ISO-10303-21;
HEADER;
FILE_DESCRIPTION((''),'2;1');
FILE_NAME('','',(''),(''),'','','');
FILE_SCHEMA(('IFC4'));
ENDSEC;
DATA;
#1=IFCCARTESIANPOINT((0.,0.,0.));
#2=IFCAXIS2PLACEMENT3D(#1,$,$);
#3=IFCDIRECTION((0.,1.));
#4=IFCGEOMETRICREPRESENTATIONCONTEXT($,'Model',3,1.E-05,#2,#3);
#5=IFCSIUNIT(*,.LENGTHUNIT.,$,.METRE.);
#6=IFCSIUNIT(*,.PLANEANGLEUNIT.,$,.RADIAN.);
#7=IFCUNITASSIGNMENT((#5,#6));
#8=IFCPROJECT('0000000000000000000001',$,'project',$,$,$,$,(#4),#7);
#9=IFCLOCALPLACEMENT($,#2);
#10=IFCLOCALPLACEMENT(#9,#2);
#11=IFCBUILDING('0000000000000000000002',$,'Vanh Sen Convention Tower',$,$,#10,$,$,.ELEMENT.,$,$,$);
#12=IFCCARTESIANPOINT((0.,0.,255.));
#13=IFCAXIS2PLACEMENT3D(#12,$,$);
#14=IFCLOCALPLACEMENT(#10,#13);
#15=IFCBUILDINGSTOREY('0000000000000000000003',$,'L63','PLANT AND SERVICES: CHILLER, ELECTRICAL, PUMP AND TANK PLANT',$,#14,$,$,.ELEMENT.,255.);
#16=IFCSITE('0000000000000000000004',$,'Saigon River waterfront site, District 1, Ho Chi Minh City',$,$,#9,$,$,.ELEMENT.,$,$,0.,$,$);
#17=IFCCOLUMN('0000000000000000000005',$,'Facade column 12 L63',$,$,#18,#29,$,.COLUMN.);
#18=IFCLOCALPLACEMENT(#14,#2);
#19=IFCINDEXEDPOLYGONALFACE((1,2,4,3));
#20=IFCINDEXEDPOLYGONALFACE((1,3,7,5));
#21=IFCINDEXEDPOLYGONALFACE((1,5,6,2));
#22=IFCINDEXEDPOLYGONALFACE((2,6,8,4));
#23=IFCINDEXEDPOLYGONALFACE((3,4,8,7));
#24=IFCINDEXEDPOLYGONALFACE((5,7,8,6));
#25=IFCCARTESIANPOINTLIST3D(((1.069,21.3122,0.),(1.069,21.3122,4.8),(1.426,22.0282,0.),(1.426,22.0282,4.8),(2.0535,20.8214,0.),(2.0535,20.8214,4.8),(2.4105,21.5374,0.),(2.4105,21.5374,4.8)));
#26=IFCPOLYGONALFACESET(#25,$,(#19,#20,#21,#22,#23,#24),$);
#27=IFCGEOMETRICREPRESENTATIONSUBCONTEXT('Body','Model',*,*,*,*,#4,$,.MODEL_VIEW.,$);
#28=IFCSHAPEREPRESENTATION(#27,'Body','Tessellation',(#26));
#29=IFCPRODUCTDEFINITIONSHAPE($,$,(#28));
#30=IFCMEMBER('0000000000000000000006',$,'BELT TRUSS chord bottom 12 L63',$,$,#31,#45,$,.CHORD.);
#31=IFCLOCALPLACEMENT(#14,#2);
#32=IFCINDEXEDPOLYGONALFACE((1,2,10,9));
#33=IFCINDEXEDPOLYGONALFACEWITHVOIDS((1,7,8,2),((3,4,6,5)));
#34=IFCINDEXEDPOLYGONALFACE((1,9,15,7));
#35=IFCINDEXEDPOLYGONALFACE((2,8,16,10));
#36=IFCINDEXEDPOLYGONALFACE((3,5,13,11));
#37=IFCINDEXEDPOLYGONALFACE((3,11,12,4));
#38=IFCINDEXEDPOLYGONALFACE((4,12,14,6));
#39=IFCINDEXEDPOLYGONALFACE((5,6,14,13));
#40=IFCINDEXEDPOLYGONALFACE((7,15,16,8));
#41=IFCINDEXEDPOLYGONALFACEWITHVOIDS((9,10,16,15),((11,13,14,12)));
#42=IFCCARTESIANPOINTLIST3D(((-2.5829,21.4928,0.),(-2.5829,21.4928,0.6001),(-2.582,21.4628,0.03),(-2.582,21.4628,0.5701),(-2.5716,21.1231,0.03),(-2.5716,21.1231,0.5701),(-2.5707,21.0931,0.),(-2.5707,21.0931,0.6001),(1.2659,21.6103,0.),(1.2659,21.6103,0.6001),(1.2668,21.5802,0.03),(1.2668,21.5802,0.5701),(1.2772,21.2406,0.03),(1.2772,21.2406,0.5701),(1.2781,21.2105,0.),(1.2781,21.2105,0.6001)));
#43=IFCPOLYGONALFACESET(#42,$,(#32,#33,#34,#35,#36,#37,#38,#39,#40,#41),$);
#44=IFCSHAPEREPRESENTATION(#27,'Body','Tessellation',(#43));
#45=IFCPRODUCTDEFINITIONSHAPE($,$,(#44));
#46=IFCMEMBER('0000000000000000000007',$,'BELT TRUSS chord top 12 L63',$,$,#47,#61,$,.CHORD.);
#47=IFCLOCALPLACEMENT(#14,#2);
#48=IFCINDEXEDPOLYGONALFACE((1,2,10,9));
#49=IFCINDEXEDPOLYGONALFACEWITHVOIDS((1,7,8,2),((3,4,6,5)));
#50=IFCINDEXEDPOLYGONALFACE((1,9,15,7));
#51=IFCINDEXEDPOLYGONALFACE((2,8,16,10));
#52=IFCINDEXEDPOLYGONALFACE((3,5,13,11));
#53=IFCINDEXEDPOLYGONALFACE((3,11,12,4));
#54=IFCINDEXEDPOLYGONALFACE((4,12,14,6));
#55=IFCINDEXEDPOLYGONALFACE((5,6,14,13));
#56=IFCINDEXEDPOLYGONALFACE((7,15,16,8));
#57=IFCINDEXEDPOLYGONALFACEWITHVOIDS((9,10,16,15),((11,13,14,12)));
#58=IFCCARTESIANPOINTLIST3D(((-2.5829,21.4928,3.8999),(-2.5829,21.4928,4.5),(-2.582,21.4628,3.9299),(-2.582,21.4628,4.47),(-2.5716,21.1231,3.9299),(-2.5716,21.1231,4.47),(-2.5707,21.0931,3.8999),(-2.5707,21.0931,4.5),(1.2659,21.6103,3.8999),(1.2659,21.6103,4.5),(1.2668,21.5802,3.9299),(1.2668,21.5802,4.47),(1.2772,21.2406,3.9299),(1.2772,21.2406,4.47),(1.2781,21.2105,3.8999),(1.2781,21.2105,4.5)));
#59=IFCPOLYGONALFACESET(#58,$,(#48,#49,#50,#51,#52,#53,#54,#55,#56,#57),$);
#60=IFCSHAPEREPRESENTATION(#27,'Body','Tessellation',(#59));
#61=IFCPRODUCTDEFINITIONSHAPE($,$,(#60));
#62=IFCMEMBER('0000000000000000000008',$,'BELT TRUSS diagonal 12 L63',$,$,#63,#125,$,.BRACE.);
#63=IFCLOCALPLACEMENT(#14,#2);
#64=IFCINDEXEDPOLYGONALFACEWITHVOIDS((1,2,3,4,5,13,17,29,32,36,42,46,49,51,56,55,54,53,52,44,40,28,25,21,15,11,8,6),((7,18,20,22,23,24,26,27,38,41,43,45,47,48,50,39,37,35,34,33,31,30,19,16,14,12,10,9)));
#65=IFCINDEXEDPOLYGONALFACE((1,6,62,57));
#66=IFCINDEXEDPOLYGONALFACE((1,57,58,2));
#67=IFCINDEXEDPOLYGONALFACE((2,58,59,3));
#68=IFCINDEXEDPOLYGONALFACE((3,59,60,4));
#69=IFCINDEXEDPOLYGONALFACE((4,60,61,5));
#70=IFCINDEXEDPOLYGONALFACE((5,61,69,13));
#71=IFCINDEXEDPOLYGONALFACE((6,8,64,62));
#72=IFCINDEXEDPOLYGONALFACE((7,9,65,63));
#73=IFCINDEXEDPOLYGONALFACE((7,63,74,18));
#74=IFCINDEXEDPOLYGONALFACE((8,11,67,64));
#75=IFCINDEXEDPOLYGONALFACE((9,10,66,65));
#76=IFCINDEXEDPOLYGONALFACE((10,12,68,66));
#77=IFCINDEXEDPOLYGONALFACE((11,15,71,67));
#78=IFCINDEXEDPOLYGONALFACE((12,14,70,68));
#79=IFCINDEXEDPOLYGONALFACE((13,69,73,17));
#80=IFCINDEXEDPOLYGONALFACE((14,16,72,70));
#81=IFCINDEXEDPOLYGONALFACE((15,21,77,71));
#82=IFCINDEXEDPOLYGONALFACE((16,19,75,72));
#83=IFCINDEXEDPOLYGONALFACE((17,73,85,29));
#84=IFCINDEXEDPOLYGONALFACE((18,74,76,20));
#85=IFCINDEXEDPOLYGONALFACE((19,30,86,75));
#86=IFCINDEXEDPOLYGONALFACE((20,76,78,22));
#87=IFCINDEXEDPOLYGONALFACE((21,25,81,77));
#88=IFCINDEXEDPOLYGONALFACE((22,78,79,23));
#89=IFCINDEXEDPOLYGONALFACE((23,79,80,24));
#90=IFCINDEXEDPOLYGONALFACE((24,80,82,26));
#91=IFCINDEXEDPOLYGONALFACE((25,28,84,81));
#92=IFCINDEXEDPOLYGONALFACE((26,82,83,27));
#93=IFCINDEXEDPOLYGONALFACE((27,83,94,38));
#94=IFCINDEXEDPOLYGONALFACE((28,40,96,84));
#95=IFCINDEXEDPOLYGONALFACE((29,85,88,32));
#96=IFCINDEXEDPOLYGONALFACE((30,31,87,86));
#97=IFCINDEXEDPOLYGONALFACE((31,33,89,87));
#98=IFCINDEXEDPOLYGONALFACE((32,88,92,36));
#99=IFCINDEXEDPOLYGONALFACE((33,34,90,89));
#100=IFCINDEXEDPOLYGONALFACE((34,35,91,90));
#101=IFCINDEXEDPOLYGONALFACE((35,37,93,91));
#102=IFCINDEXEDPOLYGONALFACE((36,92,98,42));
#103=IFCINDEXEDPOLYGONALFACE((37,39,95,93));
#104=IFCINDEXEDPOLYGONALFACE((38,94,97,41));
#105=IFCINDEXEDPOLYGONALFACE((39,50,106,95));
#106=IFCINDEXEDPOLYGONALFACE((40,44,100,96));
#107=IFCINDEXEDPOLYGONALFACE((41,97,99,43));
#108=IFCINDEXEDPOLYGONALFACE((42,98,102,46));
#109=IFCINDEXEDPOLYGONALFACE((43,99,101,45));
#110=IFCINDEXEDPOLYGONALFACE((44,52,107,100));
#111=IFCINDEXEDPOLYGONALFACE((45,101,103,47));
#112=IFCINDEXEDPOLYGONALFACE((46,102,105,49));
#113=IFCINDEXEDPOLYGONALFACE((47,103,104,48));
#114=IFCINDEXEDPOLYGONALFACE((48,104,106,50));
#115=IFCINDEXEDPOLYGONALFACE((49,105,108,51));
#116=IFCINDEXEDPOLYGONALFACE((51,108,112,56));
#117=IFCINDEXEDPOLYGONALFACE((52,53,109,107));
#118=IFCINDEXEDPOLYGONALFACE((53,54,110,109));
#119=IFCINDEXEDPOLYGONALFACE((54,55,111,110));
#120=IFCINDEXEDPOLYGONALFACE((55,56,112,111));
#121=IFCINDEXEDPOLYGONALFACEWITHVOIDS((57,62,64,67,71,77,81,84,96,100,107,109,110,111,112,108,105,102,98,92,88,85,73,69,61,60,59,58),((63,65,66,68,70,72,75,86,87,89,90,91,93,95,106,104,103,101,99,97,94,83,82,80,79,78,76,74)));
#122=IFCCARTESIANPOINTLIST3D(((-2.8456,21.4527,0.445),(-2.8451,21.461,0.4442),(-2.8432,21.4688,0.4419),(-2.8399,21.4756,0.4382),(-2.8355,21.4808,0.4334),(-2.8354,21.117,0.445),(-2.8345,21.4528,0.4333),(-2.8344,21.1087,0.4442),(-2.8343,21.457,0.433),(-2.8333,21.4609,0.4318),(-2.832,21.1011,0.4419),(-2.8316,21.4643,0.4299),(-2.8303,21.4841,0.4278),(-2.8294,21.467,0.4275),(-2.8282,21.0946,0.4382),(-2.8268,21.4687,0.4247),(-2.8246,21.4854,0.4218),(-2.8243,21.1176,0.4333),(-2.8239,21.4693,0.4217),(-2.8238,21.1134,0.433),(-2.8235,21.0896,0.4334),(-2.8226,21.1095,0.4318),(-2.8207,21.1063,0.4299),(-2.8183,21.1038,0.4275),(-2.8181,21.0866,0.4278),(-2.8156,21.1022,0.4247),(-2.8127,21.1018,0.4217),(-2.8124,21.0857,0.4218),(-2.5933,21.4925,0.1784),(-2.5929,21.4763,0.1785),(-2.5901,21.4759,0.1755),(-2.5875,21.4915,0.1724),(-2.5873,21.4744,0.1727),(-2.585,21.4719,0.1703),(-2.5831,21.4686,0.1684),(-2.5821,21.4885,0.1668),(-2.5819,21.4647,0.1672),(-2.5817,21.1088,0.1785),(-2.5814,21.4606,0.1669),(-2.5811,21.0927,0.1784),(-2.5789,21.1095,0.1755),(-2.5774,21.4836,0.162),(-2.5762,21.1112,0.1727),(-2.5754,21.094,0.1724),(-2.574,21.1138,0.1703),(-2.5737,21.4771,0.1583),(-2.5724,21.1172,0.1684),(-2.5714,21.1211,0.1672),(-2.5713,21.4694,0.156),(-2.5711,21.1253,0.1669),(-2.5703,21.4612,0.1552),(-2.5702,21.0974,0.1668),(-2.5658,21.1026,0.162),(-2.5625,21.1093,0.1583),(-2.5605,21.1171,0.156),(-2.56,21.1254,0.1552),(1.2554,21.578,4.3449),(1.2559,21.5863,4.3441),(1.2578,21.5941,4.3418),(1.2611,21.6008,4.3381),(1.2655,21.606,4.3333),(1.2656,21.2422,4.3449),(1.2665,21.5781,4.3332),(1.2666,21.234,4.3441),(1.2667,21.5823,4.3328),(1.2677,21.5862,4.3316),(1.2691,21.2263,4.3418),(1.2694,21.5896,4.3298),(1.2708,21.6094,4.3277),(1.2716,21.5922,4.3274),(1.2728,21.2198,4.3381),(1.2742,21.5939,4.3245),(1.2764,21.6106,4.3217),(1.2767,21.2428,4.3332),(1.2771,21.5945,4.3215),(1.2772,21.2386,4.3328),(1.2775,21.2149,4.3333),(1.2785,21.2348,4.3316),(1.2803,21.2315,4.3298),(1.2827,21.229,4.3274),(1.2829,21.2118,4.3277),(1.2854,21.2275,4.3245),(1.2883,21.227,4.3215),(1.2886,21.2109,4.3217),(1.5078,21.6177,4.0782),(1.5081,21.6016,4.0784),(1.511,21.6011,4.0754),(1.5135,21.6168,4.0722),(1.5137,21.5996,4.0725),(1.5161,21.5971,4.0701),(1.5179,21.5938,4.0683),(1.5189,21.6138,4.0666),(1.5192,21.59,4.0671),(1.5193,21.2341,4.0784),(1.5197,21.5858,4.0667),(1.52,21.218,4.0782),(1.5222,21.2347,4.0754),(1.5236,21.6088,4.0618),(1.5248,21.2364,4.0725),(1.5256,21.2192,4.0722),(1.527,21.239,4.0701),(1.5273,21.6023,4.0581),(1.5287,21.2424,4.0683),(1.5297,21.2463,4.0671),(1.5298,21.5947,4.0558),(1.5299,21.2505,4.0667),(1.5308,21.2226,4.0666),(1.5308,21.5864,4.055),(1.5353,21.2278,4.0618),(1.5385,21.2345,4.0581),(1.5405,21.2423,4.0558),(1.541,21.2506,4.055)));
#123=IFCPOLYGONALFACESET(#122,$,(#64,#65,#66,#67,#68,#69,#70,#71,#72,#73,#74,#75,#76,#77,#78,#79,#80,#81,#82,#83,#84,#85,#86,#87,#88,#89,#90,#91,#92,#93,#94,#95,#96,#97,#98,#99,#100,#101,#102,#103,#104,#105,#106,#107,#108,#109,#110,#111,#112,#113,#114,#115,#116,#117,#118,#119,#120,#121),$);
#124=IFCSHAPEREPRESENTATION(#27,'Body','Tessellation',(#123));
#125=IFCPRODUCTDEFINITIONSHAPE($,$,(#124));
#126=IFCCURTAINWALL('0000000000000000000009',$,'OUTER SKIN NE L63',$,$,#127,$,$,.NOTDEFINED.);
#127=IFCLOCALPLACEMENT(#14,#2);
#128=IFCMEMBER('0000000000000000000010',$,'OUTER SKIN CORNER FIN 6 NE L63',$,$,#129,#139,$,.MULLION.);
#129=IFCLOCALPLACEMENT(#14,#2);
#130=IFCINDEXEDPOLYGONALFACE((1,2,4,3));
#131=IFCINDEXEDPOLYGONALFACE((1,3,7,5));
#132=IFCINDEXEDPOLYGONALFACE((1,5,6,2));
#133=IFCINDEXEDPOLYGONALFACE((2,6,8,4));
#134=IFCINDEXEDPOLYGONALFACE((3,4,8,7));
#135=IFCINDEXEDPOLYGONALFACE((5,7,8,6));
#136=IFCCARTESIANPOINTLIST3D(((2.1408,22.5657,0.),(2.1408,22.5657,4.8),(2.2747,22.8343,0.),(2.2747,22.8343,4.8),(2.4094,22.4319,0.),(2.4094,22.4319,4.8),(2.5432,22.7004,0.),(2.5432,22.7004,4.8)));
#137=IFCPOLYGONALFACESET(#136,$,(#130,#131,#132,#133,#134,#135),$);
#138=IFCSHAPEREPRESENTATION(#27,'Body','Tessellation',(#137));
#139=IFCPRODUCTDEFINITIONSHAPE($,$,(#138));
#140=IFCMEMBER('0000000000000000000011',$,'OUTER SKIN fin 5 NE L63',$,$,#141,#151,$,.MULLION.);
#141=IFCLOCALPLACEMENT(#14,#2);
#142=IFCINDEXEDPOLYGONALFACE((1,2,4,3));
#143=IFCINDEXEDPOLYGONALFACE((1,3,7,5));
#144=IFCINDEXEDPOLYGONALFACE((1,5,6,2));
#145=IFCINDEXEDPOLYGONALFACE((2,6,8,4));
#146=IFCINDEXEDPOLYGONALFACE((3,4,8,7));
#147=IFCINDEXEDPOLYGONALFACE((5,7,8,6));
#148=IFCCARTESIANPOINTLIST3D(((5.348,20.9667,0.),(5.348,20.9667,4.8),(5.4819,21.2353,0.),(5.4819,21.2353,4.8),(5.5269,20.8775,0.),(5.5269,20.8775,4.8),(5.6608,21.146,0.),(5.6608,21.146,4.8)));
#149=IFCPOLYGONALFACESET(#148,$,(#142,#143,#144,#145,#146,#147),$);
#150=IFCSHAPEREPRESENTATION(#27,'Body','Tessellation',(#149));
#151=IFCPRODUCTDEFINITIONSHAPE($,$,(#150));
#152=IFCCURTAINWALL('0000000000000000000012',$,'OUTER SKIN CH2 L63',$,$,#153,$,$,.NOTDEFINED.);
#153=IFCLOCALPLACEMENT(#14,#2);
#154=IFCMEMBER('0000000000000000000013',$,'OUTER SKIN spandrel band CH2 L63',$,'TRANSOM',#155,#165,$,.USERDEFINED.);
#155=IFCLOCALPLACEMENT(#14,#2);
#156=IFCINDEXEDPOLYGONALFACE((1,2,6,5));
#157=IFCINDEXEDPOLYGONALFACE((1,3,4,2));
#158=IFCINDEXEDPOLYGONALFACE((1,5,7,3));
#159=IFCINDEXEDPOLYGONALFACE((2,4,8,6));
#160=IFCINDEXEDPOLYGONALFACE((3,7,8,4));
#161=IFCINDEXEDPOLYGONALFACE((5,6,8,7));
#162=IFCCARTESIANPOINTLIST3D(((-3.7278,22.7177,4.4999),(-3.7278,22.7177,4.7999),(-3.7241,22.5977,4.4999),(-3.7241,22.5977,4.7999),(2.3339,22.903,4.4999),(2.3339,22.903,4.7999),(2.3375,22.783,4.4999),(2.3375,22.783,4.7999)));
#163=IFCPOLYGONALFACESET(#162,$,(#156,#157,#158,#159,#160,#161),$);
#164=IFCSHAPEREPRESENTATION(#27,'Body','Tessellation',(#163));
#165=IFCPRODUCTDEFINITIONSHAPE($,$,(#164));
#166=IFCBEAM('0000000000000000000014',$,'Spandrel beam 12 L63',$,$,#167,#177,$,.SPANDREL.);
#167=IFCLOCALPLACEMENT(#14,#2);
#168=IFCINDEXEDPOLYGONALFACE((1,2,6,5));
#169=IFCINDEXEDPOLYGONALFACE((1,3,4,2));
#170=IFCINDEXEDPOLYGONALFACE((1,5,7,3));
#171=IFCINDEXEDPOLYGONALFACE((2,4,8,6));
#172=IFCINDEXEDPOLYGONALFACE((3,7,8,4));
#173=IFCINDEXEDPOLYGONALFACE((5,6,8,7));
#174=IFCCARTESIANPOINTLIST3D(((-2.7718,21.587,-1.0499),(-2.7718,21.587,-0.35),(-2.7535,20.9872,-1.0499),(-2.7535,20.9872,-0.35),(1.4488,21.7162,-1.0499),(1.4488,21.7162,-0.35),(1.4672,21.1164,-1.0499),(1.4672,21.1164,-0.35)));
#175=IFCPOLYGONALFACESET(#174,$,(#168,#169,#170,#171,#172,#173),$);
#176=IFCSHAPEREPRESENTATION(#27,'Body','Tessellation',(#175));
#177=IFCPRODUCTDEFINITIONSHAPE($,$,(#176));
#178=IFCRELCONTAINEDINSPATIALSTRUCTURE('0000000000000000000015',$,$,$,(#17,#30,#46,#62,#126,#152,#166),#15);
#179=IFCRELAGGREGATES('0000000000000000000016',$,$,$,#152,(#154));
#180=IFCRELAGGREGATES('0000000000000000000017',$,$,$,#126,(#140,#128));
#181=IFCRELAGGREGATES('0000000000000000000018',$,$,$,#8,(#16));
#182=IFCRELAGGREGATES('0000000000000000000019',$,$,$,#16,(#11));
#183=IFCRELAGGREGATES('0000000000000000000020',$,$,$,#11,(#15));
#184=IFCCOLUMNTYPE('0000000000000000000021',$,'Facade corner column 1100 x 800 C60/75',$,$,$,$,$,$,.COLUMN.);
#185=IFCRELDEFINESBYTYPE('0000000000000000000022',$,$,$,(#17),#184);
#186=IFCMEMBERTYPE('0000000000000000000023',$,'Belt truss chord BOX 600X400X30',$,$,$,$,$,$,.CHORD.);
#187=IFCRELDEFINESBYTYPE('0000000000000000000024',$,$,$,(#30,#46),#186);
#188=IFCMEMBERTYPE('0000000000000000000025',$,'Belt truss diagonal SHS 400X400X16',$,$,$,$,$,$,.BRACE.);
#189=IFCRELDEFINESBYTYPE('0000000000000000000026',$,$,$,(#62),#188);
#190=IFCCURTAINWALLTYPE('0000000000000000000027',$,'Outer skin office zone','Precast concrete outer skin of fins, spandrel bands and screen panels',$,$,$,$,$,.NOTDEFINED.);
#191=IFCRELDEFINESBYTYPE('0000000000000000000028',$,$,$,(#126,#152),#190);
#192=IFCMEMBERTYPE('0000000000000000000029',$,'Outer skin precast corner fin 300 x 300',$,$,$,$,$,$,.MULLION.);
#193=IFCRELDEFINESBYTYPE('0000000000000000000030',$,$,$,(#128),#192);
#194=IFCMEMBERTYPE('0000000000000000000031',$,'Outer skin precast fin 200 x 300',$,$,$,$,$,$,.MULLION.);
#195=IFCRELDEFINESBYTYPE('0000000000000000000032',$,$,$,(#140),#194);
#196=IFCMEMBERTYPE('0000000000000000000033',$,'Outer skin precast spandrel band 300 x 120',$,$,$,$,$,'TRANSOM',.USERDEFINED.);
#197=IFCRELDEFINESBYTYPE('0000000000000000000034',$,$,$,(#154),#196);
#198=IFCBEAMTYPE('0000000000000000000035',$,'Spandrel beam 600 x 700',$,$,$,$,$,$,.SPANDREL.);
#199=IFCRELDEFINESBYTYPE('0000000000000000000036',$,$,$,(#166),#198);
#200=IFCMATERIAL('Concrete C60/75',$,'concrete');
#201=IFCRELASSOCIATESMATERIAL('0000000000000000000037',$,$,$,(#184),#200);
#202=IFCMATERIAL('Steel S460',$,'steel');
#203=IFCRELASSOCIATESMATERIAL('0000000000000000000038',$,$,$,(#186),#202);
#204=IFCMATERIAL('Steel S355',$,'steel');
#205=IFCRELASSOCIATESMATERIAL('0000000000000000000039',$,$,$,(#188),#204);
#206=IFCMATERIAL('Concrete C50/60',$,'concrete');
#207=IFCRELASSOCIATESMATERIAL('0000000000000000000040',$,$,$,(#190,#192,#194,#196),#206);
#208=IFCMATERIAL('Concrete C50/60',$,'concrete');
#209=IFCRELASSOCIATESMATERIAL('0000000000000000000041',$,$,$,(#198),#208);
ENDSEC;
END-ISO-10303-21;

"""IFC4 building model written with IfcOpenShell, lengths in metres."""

from ifc_helpers import new_model, si_unit, direction, frame, origin, origin_2d, place, context, subcontext, project, spatial, rectangle, hollow_rectangle, extrude, material, material_profile, profile_set, type_object, element, aggregate, save


model = new_model("IFC4")

# Units and contexts
model_context = context("Model", 3, precision=1e-05, world=origin(), true_north=direction((0.0, 1.0)))
body_context = subcontext(model_context, "Body", "Model", "MODEL_VIEW")
ifc_project = project(units=[si_unit("LENGTHUNIT", "METRE"), si_unit("PLANEANGLEUNIT", "RADIAN")], contexts=[model_context])

# Site, building, storey
site_placement = place(None, origin())
site = spatial("IfcSite", under=ifc_project, at=site_placement, Name="Saigon River waterfront site, District 1, Ho Chi Minh City", CompositionType="ELEMENT", RefElevation=0.0)
building_placement = place(site_placement, origin())
building = spatial("IfcBuilding", under=site, at=building_placement, Name="Vanh Sen Convention Tower", CompositionType="ELEMENT")
storey_placement = place(building_placement, frame((0.0, 0.0, 255.0)))
storey = spatial("IfcBuildingStorey", under=building, at=storey_placement, Name="L63", Description="PLANT AND SERVICES: CHILLER, ELECTRICAL, PUMP AND TANK PLANT", CompositionType="ELEMENT", Elevation=255.0)

# Column
ifc_material_1 = material(Name="Concrete C60/75", Category="concrete")
ifc_material_profile_1 = material_profile(ifc_material_1, rectangle(XDim=1.1001, YDim=0.8, at=origin_2d()), Name="RC 1100X800")
ifc_profile_set_1 = profile_set([ifc_material_profile_1], Name="Concrete C60/75")
column_type = type_object("IfcColumnType", Name="Facade corner column 1100 x 800 C60/75", PredefinedType="COLUMN", material=ifc_profile_set_1)
column_placement = place(storey_placement, frame((1.7397, 21.4248, 0.0), z_axis=(0.0, 0.0, 1.0), x_axis=(-0.894934, 0.446198, 0.0)))
element("IfcColumn", 1, at=column_placement, inside=storey, type_object=column_type, Name="Facade column 12 L63", PredefinedType="COLUMN", context=body_context, shape_type="SweptSolid", body=[
    extrude(rectangle(XDim=1.1001, YDim=0.8, at=origin_2d()), origin(), (0.0, 0.0, 1.0), 4.8),
])

# Members
ifc_material_2 = material(Name="Steel S460", Category="steel")
ifc_material_profile_2 = material_profile(ifc_material_2, hollow_rectangle(XDim=0.3999, YDim=0.6001, WallThickness=0.03, at=origin_2d()), Name="BOX 600X400X30")
ifc_profile_set_2 = profile_set([ifc_material_profile_2], Name="Steel S460")
member_type_1 = type_object("IfcMemberType", Name="Belt truss chord BOX 600X400X30", PredefinedType="CHORD", material=ifc_profile_set_2)
for number, where, z_axis, x_axis, name in (
    (2, (1.272, 21.4104, 0.3), (-0.999535, -0.030496, 0.0), (0.030496, -0.999535, 0.0), "BELT TRUSS chord bottom 12 L63"),
    (3, (1.272, 21.4104, 4.2), (-0.999535, -0.030496, 0.0), (0.030496, -0.999535, 0.0), "BELT TRUSS chord top 12 L63"),
):
    element("IfcMember", number, at=place(storey_placement, frame(where, z_axis=z_axis, x_axis=x_axis)), inside=storey, type_object=member_type_1, Name=name, PredefinedType="CHORD", context=body_context, shape_type="SweptSolid", body=[
        extrude(hollow_rectangle(XDim=0.3999, YDim=0.6001, WallThickness=0.03, at=origin_2d()), origin(), (0.0, 0.0, 1.0), 3.8506),
    ])
ifc_material_3 = material(Name="Steel S355", Category="steel")
ifc_material_profile_3 = material_profile(ifc_material_3, hollow_rectangle(XDim=0.3999, YDim=0.3999, WallThickness=0.0161, InnerFilletRadius=0.0161, OuterFilletRadius=0.032, at=origin_2d()), Name="SHS 400X400X16")
ifc_profile_set_3 = profile_set([ifc_material_profile_3], Name="Steel S355")
member_type_2 = type_object("IfcMemberType", Name="Belt truss diagonal SHS 400X400X16", PredefinedType="BRACE", material=ifc_profile_set_3)
member_1_placement = place(storey_placement, frame((1.3982, 21.4143, 4.2), z_axis=(-0.724479, -0.022125, -0.688941), x_axis=(0.030525, -0.999534, 0.0)))
element("IfcMember", 4, at=member_1_placement, inside=storey, type_object=member_type_2, Name="BELT TRUSS diagonal 12 L63", PredefinedType="BRACE", context=body_context, shape_type="SweptSolid", body=[
    extrude(hollow_rectangle(XDim=0.3999, YDim=0.3999, WallThickness=0.0161, InnerFilletRadius=0.0161, OuterFilletRadius=0.032, at=origin_2d()), origin(), (0.0, 0.0, 1.0), 5.6606),
])

# Curtain wall, members
ifc_material_4 = material(Name="Concrete C50/60", Category="concrete")
curtain_wall_type = type_object("IfcCurtainWallType", Name="Outer skin office zone", Description="Precast concrete outer skin of fins, spandrel bands and screen panels", PredefinedType="NOTDEFINED", material=ifc_material_4)
curtain_wall_1_placement = place(storey_placement, origin())
curtain_wall_1 = element("IfcCurtainWall", 5, at=curtain_wall_1_placement, inside=storey, type_object=curtain_wall_type, Name="OUTER SKIN NE L63", PredefinedType="NOTDEFINED")
ifc_material_profile_4 = material_profile(ifc_material_4, rectangle(XDim=0.3, YDim=0.3, at=origin_2d()), Name="Outer skin precast corner fin 300 x 300")
ifc_profile_set_4 = profile_set([ifc_material_profile_4], Name="Concrete C50/60")
member_type_3 = type_object("IfcMemberType", Name="Outer skin precast corner fin 300 x 300", PredefinedType="MULLION", material=ifc_profile_set_4)
member_2_placement = place(storey_placement, frame((2.342, 22.6331, 0.0), z_axis=(0.0, 0.0, 1.0), x_axis=(-0.894934, 0.446198, 0.0)))
member_2 = element("IfcMember", 6, at=member_2_placement, type_object=member_type_3, Name="OUTER SKIN CORNER FIN 6 NE L63", PredefinedType="MULLION", context=body_context, shape_type="SweptSolid", body=[
    extrude(rectangle(XDim=0.3, YDim=0.3, at=origin_2d()), origin(), (0.0, 0.0, 1.0), 4.8),
])
ifc_material_profile_5 = material_profile(ifc_material_4, rectangle(XDim=0.2, YDim=0.3, at=origin_2d()), Name="Outer skin precast fin 200 x 300")
ifc_profile_set_5 = profile_set([ifc_material_profile_5], Name="Concrete C50/60")
member_type_4 = type_object("IfcMemberType", Name="Outer skin precast fin 200 x 300", PredefinedType="MULLION", material=ifc_profile_set_5)
member_3_placement = place(storey_placement, frame((5.5044, 21.0564, 0.0), z_axis=(0.0, 0.0, 1.0), x_axis=(-0.894934, 0.446198, 0.0)))
member_3 = element("IfcMember", 7, at=member_3_placement, type_object=member_type_4, Name="OUTER SKIN fin 5 NE L63", PredefinedType="MULLION", context=body_context, shape_type="SweptSolid", body=[
    extrude(rectangle(XDim=0.2, YDim=0.3, at=origin_2d()), origin(), (0.0, 0.0, 1.0), 4.8),
])

# Curtain wall, member
curtain_wall_2_placement = place(storey_placement, origin())
curtain_wall_2 = element("IfcCurtainWall", 8, at=curtain_wall_2_placement, inside=storey, type_object=curtain_wall_type, Name="OUTER SKIN CH2 L63", PredefinedType="NOTDEFINED")
ifc_material_profile_6 = material_profile(ifc_material_4, rectangle(XDim=0.1201, YDim=0.3, at=origin_2d()), Name="Outer skin precast spandrel band 300 x 120")
ifc_profile_set_6 = profile_set([ifc_material_profile_6], Name="Concrete C50/60")
member_type_5 = type_object("IfcMemberType", Name="Outer skin precast spandrel band 300 x 120", ElementType="TRANSOM", PredefinedType="USERDEFINED", material=ifc_profile_set_6)
member_4_placement = place(storey_placement, frame((2.3357, 22.843, 4.6499), z_axis=(-0.999533, -0.030556, 0.0), x_axis=(0.030556, -0.999533, 0.0)))
member_4 = element("IfcMember", 9, at=member_4_placement, type_object=member_type_5, Name="OUTER SKIN spandrel band CH2 L63", ObjectType="TRANSOM", PredefinedType="USERDEFINED", context=body_context, shape_type="SweptSolid", body=[
    extrude(rectangle(XDim=0.1201, YDim=0.3, at=origin_2d()), origin(), (0.0, 0.0, 1.0), 6.0645),
])
aggregate(curtain_wall_2, [member_4])

# Beam
ifc_material_5 = material(Name="Concrete C50/60", Category="concrete")
ifc_material_profile_7 = material_profile(ifc_material_5, rectangle(XDim=0.6001, YDim=0.7, at=origin_2d()), Name="RC 600X700")
ifc_profile_set_7 = profile_set([ifc_material_profile_7], Name="Concrete C50/60")
beam_type = type_object("IfcBeamType", Name="Spandrel beam 600 x 700", PredefinedType="SPANDREL", material=ifc_profile_set_7)
beam_placement = place(storey_placement, frame((1.458, 21.4163, -0.7), z_axis=(-0.999532, -0.030585, 0.0), x_axis=(0.030585, -0.999532, 0.0)))
element("IfcBeam", 10, at=beam_placement, inside=storey, type_object=beam_type, Name="Spandrel beam 12 L63", PredefinedType="SPANDREL", context=body_context, shape_type="SweptSolid", body=[
    extrude(rectangle(XDim=0.6001, YDim=0.7, at=origin_2d()), origin(), (0.0, 0.0, 1.0), 4.2227),
])

aggregate(curtain_wall_1, [member_3, member_2])

save(model, "model.ifc")
